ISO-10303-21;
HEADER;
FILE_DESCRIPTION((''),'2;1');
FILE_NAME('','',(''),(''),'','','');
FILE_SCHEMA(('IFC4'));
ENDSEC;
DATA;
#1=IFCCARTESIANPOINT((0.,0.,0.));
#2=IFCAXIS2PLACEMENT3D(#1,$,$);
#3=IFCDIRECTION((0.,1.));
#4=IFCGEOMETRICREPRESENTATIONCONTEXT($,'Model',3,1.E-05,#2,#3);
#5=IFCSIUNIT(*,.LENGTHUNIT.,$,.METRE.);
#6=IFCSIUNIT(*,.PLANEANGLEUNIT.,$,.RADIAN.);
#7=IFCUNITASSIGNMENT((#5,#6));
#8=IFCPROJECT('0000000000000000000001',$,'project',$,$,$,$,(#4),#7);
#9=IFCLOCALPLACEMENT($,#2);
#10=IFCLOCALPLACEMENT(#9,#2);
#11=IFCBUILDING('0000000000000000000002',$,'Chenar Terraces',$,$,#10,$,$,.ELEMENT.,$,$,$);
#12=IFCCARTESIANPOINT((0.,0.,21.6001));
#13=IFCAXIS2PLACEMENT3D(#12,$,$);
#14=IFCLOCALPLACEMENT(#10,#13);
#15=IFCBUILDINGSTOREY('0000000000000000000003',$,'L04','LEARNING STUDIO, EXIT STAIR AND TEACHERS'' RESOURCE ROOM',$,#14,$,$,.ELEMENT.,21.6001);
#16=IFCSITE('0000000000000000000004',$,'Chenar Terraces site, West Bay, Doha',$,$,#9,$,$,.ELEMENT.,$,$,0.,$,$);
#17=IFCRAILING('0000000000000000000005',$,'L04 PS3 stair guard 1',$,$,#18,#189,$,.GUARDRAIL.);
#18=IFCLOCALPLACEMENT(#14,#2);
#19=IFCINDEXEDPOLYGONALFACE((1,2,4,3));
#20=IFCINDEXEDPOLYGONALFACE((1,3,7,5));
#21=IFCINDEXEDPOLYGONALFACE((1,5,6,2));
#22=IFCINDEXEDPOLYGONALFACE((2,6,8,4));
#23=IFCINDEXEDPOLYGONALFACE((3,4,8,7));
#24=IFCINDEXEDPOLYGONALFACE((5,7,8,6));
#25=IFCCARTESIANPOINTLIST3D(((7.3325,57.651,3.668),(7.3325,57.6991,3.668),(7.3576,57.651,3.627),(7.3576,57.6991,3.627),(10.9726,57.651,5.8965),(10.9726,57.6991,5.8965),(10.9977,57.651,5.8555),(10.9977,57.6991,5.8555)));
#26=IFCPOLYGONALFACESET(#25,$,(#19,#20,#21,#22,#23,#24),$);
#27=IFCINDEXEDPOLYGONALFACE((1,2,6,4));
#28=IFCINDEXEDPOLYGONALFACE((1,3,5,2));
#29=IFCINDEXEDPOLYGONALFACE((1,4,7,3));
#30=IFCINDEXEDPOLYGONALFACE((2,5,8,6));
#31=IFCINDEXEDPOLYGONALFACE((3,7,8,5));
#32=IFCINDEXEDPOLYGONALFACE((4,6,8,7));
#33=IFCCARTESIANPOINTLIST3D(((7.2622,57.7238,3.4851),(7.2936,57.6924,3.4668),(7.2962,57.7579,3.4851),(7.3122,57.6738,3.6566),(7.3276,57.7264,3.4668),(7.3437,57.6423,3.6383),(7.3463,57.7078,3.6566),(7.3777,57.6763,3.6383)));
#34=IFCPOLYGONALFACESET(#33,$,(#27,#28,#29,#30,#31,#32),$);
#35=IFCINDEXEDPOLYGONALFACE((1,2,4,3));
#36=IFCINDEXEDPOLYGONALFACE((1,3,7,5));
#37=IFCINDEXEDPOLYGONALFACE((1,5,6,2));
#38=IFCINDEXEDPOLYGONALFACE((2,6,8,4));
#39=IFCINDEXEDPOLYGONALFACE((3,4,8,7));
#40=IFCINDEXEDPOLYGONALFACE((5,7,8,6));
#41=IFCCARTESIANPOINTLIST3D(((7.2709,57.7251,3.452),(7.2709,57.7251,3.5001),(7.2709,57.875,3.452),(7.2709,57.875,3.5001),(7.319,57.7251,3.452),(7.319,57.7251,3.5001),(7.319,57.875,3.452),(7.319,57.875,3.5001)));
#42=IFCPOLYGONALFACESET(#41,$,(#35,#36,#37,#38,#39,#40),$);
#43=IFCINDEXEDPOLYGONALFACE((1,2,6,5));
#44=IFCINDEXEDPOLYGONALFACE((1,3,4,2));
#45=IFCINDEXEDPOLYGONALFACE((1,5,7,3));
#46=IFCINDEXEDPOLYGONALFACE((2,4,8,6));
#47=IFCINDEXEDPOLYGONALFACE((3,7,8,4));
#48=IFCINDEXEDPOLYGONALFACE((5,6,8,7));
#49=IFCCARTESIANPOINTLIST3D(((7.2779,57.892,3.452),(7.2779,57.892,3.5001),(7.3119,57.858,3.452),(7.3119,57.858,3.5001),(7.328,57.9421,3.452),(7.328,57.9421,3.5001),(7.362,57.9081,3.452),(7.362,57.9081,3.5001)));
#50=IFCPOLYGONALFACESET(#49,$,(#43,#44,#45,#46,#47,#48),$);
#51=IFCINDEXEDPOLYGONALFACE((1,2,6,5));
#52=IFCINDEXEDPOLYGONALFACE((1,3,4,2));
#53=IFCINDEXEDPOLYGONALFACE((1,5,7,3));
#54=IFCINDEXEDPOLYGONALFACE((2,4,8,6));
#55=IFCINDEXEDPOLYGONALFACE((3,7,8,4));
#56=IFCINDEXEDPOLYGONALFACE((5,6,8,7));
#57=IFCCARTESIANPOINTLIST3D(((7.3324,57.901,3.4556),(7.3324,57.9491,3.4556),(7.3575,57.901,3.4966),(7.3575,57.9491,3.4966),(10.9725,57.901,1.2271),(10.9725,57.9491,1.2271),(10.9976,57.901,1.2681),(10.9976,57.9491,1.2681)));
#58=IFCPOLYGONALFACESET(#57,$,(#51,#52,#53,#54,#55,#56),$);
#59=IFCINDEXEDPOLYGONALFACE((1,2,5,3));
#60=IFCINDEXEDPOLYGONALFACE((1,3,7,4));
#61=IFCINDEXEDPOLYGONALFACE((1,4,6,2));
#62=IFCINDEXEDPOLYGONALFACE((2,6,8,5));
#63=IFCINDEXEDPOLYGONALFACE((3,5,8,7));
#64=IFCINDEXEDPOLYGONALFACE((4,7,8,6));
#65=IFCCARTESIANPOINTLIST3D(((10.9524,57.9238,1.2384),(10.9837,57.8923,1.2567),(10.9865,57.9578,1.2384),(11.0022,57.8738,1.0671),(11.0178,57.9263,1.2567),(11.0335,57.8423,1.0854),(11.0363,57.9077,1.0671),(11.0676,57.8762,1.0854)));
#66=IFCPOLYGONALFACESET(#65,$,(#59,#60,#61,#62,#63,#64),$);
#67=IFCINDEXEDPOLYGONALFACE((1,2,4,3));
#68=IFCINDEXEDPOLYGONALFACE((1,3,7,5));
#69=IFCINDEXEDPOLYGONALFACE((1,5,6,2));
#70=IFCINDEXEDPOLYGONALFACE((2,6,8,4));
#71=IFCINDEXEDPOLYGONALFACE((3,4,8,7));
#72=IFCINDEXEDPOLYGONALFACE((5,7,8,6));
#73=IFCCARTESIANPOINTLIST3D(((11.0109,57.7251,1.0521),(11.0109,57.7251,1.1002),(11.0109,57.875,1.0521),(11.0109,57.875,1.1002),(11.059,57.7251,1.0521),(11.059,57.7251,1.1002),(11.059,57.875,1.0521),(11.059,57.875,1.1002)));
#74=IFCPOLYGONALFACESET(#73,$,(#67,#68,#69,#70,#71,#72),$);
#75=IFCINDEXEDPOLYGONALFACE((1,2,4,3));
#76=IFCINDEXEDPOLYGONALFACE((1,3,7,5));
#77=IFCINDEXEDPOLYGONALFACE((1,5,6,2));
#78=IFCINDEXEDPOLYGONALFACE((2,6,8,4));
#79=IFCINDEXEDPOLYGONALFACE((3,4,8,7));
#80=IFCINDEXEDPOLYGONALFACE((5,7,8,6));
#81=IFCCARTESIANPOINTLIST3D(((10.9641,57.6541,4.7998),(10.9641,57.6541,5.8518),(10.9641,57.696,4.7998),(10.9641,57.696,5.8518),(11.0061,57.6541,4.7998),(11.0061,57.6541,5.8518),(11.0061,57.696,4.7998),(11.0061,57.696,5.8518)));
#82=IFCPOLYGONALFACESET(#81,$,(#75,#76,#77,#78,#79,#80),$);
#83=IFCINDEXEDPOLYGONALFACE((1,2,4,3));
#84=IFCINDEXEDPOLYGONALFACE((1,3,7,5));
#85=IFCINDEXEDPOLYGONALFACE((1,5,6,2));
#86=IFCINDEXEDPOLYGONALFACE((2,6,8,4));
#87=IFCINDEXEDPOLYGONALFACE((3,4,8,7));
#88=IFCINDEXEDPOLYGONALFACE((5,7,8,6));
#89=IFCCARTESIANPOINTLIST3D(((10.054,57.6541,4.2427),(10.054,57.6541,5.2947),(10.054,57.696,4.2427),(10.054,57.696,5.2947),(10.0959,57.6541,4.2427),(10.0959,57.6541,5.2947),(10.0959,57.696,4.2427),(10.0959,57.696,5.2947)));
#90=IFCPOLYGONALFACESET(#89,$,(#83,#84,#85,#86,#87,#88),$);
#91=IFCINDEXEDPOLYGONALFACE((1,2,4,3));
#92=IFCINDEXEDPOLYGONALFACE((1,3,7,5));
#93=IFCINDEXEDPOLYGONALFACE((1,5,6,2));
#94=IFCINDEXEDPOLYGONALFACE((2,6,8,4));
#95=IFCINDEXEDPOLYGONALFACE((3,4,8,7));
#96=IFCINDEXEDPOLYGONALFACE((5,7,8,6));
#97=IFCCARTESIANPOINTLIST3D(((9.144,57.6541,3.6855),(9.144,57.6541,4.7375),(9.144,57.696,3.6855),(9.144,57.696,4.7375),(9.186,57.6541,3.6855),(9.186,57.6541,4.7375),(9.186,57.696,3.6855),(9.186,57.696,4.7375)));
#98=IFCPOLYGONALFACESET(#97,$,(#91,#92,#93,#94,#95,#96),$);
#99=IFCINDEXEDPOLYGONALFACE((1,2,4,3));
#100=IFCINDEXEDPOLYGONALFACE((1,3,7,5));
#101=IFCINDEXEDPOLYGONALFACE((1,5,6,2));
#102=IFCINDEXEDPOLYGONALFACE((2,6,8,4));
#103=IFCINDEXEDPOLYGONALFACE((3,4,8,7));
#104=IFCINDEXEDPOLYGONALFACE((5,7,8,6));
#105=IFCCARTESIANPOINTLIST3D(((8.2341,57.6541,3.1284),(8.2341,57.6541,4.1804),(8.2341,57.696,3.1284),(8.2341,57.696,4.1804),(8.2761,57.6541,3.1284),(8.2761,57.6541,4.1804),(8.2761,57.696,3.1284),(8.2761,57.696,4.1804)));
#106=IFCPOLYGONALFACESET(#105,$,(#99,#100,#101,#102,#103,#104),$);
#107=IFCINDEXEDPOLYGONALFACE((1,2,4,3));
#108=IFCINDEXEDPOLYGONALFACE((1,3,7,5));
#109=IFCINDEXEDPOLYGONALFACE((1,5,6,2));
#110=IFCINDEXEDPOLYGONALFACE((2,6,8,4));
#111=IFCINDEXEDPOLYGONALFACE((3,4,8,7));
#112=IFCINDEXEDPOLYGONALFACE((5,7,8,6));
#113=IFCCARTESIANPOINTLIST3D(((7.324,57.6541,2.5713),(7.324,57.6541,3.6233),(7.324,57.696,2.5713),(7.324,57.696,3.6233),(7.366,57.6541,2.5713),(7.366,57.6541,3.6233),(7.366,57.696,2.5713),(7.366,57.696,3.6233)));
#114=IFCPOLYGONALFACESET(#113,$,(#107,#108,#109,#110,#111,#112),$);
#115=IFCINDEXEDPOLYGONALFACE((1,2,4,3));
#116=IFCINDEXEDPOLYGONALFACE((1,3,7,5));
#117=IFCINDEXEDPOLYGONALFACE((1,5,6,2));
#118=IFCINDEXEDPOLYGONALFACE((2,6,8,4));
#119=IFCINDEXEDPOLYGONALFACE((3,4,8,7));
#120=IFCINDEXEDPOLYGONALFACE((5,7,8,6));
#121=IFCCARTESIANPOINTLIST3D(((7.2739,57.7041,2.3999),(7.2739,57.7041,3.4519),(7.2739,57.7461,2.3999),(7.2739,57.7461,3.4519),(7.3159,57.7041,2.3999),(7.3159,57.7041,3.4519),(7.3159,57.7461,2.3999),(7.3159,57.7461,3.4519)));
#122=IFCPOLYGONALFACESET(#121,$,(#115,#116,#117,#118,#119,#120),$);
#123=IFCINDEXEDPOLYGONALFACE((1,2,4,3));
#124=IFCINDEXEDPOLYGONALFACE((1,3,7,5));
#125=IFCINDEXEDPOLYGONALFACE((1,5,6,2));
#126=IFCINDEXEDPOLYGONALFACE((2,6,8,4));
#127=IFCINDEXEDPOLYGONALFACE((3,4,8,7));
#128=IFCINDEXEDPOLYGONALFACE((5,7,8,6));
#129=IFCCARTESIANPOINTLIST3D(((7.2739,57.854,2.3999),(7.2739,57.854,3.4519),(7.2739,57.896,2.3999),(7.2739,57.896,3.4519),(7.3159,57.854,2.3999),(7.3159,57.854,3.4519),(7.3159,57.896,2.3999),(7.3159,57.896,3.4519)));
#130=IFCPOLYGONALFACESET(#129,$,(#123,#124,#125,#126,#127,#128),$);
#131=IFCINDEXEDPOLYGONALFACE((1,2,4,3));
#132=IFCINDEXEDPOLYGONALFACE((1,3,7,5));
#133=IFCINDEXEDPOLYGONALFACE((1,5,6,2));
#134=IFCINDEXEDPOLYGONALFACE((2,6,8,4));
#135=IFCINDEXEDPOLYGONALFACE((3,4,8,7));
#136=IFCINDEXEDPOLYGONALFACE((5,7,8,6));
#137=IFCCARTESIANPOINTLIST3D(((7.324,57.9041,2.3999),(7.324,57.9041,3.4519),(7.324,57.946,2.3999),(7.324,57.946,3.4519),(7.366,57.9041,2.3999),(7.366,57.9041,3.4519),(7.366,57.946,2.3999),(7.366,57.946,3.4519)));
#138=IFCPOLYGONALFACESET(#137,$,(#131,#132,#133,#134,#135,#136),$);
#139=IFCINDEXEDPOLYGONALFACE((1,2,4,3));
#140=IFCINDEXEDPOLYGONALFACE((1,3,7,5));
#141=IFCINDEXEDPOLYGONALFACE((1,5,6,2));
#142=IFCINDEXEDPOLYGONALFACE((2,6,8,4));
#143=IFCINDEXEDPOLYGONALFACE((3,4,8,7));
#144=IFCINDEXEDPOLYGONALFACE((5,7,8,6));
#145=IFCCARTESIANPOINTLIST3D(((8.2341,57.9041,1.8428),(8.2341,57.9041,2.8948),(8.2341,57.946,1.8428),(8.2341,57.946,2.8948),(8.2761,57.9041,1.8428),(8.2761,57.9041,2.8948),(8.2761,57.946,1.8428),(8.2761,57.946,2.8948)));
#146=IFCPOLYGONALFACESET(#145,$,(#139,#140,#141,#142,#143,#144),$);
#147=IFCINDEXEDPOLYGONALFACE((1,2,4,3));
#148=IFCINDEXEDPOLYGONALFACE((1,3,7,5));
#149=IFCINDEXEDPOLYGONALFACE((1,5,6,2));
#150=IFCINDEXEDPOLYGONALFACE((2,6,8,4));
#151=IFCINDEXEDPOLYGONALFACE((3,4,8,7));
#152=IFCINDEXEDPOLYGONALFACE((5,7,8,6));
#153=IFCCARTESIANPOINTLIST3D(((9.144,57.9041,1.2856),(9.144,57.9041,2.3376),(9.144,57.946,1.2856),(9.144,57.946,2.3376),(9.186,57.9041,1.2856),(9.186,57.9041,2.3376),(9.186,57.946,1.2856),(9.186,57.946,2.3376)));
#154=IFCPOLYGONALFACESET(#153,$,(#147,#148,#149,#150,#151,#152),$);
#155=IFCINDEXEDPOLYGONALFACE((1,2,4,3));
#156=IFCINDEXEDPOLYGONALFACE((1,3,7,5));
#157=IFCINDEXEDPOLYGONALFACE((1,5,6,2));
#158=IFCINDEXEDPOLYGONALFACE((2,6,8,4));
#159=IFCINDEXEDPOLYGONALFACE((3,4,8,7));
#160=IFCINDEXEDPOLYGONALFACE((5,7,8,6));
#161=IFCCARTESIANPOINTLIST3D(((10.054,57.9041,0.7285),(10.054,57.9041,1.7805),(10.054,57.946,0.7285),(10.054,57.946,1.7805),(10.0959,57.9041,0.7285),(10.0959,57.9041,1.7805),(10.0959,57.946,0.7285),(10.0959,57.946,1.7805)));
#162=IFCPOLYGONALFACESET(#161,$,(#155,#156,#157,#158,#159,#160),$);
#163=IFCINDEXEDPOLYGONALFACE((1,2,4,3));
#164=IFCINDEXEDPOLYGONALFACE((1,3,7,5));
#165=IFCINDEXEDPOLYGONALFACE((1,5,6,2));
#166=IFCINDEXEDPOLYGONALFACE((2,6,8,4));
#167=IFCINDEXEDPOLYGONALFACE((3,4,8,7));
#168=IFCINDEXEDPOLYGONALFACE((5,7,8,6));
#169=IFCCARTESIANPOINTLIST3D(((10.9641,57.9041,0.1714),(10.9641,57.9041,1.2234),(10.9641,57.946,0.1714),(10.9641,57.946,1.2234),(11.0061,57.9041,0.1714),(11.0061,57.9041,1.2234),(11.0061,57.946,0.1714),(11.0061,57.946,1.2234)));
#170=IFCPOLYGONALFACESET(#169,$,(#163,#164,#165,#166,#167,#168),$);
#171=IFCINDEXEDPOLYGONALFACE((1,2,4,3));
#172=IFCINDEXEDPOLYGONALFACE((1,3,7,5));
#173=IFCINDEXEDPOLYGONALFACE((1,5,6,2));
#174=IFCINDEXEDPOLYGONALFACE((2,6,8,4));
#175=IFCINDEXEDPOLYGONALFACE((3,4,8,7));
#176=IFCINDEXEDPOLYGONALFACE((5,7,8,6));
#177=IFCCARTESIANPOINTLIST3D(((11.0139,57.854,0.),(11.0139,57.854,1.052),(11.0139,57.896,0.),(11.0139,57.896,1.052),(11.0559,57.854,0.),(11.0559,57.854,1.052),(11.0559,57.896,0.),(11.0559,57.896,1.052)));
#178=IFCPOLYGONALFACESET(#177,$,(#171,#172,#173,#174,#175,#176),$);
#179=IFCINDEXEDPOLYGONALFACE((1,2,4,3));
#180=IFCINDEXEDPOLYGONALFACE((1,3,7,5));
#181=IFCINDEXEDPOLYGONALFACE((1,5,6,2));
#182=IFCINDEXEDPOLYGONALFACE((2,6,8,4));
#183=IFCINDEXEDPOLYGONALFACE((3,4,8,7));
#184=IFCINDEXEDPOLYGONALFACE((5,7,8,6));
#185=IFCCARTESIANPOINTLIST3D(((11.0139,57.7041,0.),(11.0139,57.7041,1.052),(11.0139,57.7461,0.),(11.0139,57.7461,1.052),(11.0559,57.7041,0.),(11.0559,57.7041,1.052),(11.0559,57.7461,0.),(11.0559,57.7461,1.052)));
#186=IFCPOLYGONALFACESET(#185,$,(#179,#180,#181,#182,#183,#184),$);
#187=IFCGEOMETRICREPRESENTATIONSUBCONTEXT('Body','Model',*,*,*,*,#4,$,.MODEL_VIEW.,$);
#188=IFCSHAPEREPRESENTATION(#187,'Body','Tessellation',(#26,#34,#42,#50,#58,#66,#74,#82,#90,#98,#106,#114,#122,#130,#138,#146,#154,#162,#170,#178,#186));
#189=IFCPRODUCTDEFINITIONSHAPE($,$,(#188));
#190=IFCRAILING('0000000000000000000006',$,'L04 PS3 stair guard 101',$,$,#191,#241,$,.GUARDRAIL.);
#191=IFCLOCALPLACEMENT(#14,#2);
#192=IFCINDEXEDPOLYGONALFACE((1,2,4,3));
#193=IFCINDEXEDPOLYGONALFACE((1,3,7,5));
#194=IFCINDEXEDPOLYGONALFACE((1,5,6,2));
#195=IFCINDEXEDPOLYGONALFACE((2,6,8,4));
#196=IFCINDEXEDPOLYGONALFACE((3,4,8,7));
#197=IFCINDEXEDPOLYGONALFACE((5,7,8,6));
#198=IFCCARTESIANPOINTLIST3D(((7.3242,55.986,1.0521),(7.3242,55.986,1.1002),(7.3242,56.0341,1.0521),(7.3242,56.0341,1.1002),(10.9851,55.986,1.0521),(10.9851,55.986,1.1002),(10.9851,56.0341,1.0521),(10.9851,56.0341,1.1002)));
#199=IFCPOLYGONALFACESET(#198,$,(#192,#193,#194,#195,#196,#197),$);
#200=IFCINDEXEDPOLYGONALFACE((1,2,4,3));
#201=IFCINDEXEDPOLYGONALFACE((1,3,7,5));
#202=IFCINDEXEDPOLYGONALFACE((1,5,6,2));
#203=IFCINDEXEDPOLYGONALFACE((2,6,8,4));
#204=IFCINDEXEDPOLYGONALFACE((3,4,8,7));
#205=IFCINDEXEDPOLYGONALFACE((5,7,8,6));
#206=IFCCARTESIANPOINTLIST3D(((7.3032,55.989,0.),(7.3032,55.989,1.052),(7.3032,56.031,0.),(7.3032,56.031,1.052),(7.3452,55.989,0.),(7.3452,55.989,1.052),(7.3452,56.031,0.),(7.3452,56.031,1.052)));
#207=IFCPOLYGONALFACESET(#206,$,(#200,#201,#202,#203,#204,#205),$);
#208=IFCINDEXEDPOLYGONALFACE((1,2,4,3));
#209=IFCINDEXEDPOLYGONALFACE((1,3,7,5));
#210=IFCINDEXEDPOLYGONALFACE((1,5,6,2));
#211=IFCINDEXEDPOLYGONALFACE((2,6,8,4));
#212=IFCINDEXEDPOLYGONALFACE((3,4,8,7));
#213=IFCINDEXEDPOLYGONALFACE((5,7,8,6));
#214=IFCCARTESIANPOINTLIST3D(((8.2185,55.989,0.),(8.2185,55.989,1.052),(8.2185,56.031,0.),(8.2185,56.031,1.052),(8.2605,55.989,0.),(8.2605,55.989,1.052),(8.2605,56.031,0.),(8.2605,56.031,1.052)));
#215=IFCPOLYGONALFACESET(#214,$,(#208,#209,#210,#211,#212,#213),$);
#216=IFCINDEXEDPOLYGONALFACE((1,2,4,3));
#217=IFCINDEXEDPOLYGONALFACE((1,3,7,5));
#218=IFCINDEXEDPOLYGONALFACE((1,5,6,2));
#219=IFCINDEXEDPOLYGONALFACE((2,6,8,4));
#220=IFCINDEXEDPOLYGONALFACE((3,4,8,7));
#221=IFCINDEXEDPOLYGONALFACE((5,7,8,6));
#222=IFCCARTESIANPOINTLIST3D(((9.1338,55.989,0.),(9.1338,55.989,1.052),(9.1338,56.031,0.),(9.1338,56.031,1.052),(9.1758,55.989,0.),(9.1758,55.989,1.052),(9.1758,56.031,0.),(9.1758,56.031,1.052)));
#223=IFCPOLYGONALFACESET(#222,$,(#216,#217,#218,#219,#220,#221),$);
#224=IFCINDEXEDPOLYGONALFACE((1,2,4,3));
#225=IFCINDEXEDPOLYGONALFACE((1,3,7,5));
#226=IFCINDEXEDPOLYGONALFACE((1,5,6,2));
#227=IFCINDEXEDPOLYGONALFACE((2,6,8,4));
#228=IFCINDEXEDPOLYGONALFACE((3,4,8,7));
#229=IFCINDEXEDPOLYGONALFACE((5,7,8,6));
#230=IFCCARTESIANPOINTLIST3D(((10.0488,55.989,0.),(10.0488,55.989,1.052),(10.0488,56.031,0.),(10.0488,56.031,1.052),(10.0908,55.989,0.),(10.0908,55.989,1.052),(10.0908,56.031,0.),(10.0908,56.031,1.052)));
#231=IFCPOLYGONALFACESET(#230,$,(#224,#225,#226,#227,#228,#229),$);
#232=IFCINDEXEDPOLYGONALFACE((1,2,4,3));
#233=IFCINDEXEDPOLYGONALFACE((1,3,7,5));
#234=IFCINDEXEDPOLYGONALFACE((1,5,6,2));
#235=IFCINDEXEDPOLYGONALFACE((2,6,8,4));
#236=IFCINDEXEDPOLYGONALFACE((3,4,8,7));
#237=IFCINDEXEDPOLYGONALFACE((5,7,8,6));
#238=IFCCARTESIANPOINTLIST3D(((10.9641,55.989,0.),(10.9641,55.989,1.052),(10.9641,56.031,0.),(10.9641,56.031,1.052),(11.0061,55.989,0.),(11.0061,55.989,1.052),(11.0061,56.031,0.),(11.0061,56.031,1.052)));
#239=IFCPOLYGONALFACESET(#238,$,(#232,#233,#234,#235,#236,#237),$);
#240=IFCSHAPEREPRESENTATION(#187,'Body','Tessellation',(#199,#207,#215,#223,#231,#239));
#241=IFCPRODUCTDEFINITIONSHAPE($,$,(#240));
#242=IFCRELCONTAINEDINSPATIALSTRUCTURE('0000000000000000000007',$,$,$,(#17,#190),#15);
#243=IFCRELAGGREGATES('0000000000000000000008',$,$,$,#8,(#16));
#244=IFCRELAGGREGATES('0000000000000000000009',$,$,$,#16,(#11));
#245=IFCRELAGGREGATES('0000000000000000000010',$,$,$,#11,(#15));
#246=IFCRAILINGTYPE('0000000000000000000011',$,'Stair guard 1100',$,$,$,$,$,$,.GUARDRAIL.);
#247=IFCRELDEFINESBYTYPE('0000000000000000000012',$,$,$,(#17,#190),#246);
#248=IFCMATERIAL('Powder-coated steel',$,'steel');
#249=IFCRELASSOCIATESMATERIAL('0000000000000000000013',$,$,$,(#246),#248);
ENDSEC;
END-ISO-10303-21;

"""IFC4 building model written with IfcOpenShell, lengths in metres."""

from ifc_helpers import new_model, si_unit, direction, frame, origin, origin_2d, place, context, subcontext, project, spatial, rectangle, extrude, material, type_object, element, save


model = new_model("IFC4")

# Units and contexts
model_context = context("Model", 3, precision=1e-05, world=origin(), true_north=direction((0.0, 1.0)))
body_context = subcontext(model_context, "Body", "Model", "MODEL_VIEW")
ifc_project = project(units=[si_unit("LENGTHUNIT", "METRE"), si_unit("PLANEANGLEUNIT", "RADIAN")], contexts=[model_context])

# Site, building, storey
site_placement = place(None, origin())
site = spatial("IfcSite", under=ifc_project, at=site_placement, Name="Chenar Terraces site, West Bay, Doha", CompositionType="ELEMENT", RefElevation=0.0)
building_placement = place(site_placement, origin())
building = spatial("IfcBuilding", under=site, at=building_placement, Name="Chenar Terraces", CompositionType="ELEMENT")
storey_placement = place(building_placement, frame((0.0, 0.0, 21.6001)))
storey = spatial("IfcBuildingStorey", under=building, at=storey_placement, Name="L04", Description="LEARNING STUDIO, EXIT STAIR AND TEACHERS' RESOURCE ROOM", CompositionType="ELEMENT", Elevation=21.6001)

# Railings
ifc_material_1 = material(Name="Powder-coated steel", Category="steel")
railing_type_1 = type_object("IfcRailingType", Name="Stair guard 1100", PredefinedType="GUARDRAIL", material=ifc_material_1)
railing_1_placement = place(storey_placement, frame((10.9851, 57.675, 4.7998)))
element("IfcRailing", 1, at=railing_1_placement, inside=storey, type_object=railing_type_1, Name="L04 PS3 stair guard 1", PredefinedType="GUARDRAIL", context=body_context, shape_type="SweptSolid", body=[
    extrude(rectangle(XDim=0.0481, YDim=0.0481, at=origin_2d()), frame((0.0, 0.0, 1.0762), z_axis=(-0.852866, 0.0, -0.52213), x_axis=(0.0, -1.0, 0.0)), (0.0, 0.0, 1.0), 4.2681),
    extrude(rectangle(XDim=0.0481, YDim=0.0481, at=origin_2d()), frame((-3.6401, 0.0, -1.1523), z_axis=(-0.269911, 0.269911, -0.924281), x_axis=(-0.707107, -0.707107, 0.0)), (0.0, 0.0, 1.0), 0.1855),
    extrude(rectangle(XDim=0.0481, YDim=0.0481, at=origin_2d()), frame((-3.6902, 0.05, -1.3237), z_axis=(0.0, 1.0, 0.0), x_axis=(-1.0, 0.0, 0.0)), (0.0, 0.0, 1.0), 0.1499),
    extrude(rectangle(XDim=0.0481, YDim=0.0481, at=origin_2d()), frame((-3.6902, 0.2, -1.3237), z_axis=(0.707107, 0.707107, 0.0), x_axis=(-0.707107, 0.707107, 0.0)), (0.0, 0.0, 1.0), 0.0708),
    extrude(rectangle(XDim=0.0481, YDim=0.0481, at=origin_2d()), frame((-3.6401, 0.25, -1.3237), z_axis=(0.852866, 0.0, -0.52213), x_axis=(0.0, 1.0, 0.0)), (0.0, 0.0, 1.0), 4.2681),
    extrude(rectangle(XDim=0.0481, YDim=0.0481, at=origin_2d()), frame((0.0, 0.25, -3.5522), z_axis=(0.26869, -0.270007, -0.924609), x_axis=(0.708834, 0.705376, 0.0)), (0.0, 0.0, 1.0), 0.1853),
    extrude(rectangle(XDim=0.0481, YDim=0.0481, at=origin_2d()), frame((0.0498, 0.2, -3.7236), z_axis=(0.0, -1.0, 0.0), x_axis=(1.0, 0.0, 0.0)), (0.0, 0.0, 1.0), 0.1499),
    extrude(rectangle(XDim=0.042, YDim=0.042, at=origin_2d()), origin(), (0.0, 0.0, 1.0), 1.052),
    extrude(rectangle(XDim=0.042, YDim=0.042, at=origin_2d()), frame((-0.9102, 0.0, -0.5571)), (0.0, 0.0, 1.0), 1.052),
    extrude(rectangle(XDim=0.042, YDim=0.042, at=origin_2d()), frame((-1.8201, 0.0, -1.1143)), (0.0, 0.0, 1.0), 1.052),
    extrude(rectangle(XDim=0.042, YDim=0.042, at=origin_2d()), frame((-2.73, 0.0, -1.6714)), (0.0, 0.0, 1.0), 1.052),
    extrude(rectangle(XDim=0.042, YDim=0.042, at=origin_2d()), frame((-3.6401, 0.0, -2.2285)), (0.0, 0.0, 1.0), 1.052),
    extrude(rectangle(XDim=0.042, YDim=0.042, at=origin_2d()), frame((-3.6902, 0.05, -2.3999)), (0.0, 0.0, 1.0), 1.052),
    extrude(rectangle(XDim=0.042, YDim=0.042, at=origin_2d()), frame((-3.6902, 0.2, -2.3999)), (0.0, 0.0, 1.0), 1.052),
    extrude(rectangle(XDim=0.042, YDim=0.042, at=origin_2d()), frame((-3.6401, 0.25, -2.3999)), (0.0, 0.0, 1.0), 1.052),
    extrude(rectangle(XDim=0.042, YDim=0.042, at=origin_2d()), frame((-2.73, 0.25, -2.957)), (0.0, 0.0, 1.0), 1.052),
    extrude(rectangle(XDim=0.042, YDim=0.042, at=origin_2d()), frame((-1.8201, 0.25, -3.5142)), (0.0, 0.0, 1.0), 1.052),
    extrude(rectangle(XDim=0.042, YDim=0.042, at=origin_2d()), frame((-0.9102, 0.25, -4.0713)), (0.0, 0.0, 1.0), 1.052),
    extrude(rectangle(XDim=0.042, YDim=0.042, at=origin_2d()), frame((0.0, 0.25, -4.6284)), (0.0, 0.0, 1.0), 1.052),
    extrude(rectangle(XDim=0.042, YDim=0.042, at=origin_2d()), frame((0.0498, 0.2, -4.7998)), (0.0, 0.0, 1.0), 1.052),
    extrude(rectangle(XDim=0.042, YDim=0.042, at=origin_2d()), frame((0.0498, 0.05, -4.7998)), (0.0, 0.0, 1.0), 1.052),
])
railing_2_placement = place(storey_placement, frame((7.3242, 56.01, 0.0)))
element("IfcRailing", 2, at=railing_2_placement, inside=storey, type_object=railing_type_1, Name="L04 PS3 stair guard 101", PredefinedType="GUARDRAIL", context=body_context, shape_type="SweptSolid", body=[
    extrude(rectangle(XDim=0.0481, YDim=0.0481, at=origin_2d()), frame((0.0, 0.0, 1.0762), z_axis=(1.0, 0.0, 0.0), x_axis=(0.0, 1.0, 0.0)), (0.0, 0.0, 1.0), 3.6609),
    extrude(rectangle(XDim=0.042, YDim=0.042, at=origin_2d()), origin(), (0.0, 0.0, 1.0), 1.052),
    extrude(rectangle(XDim=0.042, YDim=0.042, at=origin_2d()), frame((0.9153, 0.0, 0.0)), (0.0, 0.0, 1.0), 1.052),
    extrude(rectangle(XDim=0.042, YDim=0.042, at=origin_2d()), frame((1.8306, 0.0, 0.0)), (0.0, 0.0, 1.0), 1.052),
    extrude(rectangle(XDim=0.042, YDim=0.042, at=origin_2d()), frame((2.7456, 0.0, 0.0)), (0.0, 0.0, 1.0), 1.052),
    extrude(rectangle(XDim=0.042, YDim=0.042, at=origin_2d()), frame((3.6609, 0.0, 0.0)), (0.0, 0.0, 1.0), 1.052),
])

save(model, "model.ifc")
